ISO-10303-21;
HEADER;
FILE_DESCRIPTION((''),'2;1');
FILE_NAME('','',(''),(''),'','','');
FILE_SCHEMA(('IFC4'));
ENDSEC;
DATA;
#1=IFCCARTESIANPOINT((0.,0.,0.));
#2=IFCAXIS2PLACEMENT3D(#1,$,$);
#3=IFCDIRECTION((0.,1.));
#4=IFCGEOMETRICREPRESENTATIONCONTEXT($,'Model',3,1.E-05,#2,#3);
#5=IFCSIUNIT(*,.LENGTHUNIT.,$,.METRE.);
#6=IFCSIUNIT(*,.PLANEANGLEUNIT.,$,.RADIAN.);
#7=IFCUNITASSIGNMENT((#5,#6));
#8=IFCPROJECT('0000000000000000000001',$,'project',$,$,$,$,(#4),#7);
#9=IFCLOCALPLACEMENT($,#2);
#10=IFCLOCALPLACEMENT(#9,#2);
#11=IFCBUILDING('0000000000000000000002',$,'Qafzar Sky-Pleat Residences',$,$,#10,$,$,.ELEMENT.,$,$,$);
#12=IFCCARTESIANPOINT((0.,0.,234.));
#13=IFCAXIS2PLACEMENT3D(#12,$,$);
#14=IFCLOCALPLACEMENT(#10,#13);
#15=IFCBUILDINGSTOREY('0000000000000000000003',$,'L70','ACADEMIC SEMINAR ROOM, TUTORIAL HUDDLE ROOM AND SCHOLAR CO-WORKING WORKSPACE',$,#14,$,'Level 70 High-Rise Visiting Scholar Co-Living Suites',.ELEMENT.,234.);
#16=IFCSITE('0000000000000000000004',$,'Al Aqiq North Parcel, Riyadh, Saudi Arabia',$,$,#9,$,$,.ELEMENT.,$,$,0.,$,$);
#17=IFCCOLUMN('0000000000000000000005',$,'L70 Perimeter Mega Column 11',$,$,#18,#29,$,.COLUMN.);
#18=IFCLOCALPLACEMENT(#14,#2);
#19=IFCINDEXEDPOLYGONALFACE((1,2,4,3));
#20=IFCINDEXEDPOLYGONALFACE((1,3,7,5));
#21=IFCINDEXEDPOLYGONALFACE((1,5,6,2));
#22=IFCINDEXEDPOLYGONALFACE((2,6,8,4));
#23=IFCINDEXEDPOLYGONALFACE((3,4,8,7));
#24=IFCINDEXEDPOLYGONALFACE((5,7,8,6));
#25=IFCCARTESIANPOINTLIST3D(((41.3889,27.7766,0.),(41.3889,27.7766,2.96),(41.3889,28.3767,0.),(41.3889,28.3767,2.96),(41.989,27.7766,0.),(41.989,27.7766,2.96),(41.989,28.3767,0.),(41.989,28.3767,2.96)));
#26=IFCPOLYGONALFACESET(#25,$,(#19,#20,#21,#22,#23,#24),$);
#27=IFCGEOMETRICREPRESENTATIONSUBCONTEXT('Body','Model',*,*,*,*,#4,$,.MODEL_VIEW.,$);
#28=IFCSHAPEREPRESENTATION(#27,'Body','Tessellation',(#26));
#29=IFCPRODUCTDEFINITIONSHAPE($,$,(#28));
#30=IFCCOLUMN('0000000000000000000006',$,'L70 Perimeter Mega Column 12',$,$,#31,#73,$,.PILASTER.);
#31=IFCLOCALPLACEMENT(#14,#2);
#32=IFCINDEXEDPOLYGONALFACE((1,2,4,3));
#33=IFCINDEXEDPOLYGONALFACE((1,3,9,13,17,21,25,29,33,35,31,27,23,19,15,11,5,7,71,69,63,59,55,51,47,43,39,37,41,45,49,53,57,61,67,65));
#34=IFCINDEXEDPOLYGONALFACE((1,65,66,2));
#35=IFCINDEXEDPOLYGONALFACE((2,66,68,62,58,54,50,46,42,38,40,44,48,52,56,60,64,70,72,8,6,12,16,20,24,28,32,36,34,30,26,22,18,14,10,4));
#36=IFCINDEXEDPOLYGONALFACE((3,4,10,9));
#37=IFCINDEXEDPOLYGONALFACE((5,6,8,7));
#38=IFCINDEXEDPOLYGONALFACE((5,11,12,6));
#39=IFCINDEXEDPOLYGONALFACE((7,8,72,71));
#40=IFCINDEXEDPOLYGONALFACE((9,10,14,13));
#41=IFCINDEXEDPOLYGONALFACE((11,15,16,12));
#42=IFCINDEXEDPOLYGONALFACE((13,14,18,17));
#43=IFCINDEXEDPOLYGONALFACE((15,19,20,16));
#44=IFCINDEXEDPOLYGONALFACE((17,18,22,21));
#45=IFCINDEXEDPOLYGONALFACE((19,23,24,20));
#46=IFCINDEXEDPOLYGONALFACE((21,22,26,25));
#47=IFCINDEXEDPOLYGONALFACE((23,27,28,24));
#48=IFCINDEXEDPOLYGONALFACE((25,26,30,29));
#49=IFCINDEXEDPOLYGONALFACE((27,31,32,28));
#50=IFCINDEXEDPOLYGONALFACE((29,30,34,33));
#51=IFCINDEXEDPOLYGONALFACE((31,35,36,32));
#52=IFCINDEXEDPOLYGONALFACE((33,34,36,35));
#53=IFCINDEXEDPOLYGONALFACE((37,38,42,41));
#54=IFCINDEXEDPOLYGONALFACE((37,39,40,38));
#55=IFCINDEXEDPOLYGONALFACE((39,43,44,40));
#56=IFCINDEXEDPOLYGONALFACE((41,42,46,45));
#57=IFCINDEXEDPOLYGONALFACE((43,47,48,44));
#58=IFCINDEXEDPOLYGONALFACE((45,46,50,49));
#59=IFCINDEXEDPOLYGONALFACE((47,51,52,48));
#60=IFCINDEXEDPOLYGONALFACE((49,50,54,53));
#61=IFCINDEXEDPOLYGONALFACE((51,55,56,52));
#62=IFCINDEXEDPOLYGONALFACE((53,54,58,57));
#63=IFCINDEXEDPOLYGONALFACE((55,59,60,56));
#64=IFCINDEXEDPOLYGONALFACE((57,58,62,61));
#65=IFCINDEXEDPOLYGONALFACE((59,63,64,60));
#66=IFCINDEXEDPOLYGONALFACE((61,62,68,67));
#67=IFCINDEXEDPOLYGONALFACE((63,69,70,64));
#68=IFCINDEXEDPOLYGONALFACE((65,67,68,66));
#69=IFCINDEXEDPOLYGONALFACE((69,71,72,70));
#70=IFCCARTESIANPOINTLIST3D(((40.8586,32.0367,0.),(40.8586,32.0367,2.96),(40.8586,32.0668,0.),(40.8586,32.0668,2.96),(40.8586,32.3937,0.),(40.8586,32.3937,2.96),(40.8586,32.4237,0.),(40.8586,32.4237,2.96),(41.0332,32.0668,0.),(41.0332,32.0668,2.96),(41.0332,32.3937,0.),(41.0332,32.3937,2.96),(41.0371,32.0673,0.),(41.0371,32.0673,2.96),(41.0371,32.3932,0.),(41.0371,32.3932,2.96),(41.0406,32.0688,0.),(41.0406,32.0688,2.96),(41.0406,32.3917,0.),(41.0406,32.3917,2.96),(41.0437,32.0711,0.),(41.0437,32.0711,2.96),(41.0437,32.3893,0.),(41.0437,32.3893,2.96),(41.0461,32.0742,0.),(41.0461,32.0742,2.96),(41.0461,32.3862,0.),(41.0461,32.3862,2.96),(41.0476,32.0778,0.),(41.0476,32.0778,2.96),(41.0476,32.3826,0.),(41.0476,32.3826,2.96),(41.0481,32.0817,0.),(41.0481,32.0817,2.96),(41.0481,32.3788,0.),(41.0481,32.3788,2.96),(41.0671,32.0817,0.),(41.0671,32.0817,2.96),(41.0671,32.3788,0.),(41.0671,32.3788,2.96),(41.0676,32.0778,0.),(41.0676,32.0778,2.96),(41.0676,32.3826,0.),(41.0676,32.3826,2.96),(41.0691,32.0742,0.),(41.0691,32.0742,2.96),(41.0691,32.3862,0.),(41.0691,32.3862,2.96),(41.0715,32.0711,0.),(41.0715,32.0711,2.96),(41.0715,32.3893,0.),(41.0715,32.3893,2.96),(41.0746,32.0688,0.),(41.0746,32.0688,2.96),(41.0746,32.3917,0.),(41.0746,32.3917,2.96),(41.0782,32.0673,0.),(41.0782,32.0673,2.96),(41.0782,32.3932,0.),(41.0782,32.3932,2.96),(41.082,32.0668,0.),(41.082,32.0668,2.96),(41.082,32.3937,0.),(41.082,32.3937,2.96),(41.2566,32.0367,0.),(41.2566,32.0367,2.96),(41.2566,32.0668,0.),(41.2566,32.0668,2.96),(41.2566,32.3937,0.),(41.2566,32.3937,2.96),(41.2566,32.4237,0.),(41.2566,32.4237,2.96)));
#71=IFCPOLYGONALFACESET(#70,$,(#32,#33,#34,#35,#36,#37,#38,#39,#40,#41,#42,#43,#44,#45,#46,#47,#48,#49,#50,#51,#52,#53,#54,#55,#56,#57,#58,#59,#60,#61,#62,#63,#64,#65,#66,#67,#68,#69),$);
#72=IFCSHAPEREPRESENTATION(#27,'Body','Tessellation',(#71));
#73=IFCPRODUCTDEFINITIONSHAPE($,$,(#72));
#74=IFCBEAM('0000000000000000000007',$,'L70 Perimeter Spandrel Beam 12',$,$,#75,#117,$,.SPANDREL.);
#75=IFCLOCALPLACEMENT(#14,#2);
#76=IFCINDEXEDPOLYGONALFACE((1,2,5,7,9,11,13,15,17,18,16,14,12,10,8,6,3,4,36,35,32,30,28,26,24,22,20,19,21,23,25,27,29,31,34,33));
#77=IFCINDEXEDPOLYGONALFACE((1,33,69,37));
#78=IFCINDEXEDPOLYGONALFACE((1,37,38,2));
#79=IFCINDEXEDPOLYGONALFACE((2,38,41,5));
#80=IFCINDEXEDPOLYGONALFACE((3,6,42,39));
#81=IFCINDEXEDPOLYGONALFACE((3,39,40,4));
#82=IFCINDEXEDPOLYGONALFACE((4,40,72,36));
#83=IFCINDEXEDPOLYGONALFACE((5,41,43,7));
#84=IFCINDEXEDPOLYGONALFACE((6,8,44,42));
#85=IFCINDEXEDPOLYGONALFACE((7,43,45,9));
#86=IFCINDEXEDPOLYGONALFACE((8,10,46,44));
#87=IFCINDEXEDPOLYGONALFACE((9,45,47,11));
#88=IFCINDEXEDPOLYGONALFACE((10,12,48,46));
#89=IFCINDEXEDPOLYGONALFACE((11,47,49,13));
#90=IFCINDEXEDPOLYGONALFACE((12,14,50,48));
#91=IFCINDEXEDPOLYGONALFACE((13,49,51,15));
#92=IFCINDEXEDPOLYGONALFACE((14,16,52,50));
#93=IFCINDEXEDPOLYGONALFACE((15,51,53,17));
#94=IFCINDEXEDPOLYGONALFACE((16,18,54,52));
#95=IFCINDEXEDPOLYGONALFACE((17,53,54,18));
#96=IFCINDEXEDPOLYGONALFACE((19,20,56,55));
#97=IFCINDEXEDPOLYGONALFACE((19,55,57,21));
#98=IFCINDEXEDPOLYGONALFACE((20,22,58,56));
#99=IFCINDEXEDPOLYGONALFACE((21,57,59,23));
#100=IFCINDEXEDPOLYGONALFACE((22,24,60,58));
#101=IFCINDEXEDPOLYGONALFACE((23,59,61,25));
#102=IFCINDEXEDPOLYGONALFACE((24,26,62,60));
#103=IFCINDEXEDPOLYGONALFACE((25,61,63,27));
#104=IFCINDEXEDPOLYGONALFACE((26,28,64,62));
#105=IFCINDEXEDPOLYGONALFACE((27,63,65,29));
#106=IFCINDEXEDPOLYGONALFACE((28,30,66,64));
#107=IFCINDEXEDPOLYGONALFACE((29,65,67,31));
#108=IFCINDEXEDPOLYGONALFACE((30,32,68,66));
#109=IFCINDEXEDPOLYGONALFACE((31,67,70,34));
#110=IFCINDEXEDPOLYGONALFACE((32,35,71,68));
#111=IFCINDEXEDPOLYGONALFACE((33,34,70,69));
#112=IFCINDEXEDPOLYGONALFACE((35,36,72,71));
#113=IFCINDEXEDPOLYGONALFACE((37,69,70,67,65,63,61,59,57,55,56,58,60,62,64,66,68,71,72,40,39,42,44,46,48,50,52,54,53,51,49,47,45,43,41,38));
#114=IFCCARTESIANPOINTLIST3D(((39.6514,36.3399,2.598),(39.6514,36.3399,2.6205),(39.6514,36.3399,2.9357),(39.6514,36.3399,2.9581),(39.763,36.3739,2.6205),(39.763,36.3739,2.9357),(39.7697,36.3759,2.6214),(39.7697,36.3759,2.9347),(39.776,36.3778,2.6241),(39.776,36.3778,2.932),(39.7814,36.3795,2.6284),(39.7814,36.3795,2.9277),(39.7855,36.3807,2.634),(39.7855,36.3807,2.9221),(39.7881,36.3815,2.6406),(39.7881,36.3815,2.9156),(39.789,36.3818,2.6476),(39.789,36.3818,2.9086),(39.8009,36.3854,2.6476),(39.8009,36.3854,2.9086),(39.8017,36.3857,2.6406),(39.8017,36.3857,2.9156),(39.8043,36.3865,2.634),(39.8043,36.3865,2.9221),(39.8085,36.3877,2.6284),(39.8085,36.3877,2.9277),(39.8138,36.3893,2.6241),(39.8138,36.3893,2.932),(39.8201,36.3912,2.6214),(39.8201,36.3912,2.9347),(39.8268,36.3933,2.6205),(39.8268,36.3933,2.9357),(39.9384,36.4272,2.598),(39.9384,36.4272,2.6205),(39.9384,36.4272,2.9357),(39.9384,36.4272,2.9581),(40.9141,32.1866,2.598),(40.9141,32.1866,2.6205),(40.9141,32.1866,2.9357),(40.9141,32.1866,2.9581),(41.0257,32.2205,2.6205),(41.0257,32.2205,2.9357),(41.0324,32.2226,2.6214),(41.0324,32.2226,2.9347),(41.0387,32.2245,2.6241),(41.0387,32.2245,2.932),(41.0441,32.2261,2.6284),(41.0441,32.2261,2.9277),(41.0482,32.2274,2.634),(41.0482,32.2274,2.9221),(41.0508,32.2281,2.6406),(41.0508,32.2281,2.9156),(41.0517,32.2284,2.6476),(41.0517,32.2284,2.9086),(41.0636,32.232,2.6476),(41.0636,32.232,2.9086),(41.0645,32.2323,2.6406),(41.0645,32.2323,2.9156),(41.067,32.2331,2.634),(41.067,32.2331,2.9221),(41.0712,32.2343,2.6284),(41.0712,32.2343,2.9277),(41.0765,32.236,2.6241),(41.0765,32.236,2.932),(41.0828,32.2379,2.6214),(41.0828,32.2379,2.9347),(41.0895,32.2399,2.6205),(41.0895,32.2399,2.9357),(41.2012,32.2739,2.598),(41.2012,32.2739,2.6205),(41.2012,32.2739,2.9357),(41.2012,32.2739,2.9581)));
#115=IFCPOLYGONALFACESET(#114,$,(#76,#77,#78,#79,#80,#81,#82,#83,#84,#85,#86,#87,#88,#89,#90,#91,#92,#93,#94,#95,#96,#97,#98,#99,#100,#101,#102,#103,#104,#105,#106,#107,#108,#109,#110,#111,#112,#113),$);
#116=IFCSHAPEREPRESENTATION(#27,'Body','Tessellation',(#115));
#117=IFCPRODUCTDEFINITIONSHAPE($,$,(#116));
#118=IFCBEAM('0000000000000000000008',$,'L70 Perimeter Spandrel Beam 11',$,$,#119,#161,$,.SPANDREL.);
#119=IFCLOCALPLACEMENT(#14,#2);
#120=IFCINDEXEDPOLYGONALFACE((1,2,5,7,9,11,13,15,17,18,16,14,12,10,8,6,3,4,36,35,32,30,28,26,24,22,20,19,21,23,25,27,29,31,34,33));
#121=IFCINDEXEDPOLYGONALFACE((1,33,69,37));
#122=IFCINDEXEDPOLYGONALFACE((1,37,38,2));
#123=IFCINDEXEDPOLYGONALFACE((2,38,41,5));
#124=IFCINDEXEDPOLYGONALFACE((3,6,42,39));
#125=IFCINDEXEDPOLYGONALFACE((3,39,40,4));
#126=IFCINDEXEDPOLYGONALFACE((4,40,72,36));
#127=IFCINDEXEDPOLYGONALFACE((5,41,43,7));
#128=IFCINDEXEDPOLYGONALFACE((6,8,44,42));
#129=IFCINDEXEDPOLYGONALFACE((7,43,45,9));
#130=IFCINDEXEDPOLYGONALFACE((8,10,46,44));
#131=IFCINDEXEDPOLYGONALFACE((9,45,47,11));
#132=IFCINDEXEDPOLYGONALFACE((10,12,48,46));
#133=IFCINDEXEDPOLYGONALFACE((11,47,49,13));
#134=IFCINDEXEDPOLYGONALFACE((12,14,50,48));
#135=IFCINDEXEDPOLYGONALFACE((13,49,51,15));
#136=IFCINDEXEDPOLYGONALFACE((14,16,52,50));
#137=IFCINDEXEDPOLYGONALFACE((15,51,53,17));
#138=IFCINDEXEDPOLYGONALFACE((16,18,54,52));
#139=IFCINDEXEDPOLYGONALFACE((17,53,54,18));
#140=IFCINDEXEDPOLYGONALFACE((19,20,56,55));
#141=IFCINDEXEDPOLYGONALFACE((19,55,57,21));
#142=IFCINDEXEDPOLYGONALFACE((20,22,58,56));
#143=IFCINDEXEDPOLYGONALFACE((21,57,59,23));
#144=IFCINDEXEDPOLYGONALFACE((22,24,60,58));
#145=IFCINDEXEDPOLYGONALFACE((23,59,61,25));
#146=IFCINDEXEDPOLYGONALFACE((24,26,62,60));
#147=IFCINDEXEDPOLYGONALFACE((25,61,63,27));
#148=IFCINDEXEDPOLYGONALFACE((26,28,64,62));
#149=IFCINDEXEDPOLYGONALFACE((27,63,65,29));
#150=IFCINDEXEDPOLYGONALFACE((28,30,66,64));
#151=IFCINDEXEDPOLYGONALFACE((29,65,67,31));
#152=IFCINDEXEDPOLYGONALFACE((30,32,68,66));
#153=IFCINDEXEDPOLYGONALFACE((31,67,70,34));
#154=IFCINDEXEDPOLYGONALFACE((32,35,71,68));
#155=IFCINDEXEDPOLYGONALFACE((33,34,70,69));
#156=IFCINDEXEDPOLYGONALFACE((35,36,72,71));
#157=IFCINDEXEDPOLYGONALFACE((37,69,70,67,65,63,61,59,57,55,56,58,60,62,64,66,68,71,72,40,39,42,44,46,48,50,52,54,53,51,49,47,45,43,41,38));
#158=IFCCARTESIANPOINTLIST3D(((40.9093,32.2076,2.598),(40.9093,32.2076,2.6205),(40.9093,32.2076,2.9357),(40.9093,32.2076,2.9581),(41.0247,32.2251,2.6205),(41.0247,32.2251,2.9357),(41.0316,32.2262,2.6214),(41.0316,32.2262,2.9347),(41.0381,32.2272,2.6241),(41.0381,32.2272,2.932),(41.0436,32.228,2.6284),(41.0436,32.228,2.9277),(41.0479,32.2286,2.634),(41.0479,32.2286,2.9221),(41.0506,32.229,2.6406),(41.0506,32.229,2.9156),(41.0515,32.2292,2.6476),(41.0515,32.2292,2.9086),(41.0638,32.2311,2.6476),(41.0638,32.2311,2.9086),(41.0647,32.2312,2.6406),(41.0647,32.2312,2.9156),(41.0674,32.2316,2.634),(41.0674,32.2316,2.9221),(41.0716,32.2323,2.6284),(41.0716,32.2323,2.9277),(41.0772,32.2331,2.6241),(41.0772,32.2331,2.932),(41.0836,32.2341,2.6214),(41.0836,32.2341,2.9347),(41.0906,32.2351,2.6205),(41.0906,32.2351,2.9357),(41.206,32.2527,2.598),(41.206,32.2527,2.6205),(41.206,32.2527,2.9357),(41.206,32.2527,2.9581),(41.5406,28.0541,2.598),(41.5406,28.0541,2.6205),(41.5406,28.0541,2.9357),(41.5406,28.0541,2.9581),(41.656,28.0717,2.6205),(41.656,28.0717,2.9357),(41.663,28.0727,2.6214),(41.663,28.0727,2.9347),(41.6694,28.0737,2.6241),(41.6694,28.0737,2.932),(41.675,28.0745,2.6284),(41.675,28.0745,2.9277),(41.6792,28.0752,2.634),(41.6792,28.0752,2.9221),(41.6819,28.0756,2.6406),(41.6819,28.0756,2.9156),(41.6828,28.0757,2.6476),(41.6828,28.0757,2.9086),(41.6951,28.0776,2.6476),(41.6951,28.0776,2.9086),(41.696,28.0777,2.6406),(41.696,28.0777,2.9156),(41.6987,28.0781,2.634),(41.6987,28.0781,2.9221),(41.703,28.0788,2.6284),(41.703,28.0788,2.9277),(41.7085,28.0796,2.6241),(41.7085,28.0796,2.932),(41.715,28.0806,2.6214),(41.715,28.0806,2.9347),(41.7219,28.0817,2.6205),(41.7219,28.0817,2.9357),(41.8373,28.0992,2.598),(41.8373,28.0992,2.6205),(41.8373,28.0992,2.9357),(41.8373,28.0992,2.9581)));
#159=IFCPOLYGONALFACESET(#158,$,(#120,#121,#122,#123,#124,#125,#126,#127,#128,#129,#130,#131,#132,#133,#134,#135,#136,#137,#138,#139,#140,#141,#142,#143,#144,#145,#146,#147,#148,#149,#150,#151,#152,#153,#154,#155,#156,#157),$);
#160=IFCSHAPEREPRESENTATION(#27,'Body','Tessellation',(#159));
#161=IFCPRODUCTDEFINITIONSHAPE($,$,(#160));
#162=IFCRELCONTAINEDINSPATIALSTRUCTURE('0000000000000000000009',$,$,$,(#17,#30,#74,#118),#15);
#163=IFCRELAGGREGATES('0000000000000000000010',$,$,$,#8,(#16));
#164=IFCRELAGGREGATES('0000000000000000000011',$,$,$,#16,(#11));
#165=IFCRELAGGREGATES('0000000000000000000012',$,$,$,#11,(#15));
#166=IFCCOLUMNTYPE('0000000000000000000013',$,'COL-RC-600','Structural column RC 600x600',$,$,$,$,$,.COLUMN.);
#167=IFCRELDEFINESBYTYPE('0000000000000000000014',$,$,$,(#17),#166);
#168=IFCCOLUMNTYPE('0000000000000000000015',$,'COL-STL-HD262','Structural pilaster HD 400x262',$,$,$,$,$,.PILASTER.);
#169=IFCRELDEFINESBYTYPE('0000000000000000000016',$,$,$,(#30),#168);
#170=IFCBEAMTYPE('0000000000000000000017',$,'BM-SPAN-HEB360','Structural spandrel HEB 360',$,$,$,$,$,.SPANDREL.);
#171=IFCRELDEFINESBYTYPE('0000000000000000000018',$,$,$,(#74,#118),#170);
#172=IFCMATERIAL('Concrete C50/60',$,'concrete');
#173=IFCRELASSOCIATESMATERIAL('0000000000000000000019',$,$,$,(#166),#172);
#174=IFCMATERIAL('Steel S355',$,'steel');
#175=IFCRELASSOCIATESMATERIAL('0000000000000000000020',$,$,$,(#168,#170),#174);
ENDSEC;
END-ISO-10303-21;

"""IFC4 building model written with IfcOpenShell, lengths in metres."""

from ifc_helpers import new_model, si_unit, direction, frame, origin, origin_2d, place, context, subcontext, project, spatial, rectangle, i_section, extrude, source, transform, mapped, material, material_profile, profile_set, type_object, element, save


model = new_model("IFC4")

# Units and contexts
model_context = context("Model", 3, precision=1e-05, world=origin(), true_north=direction((0.0, 1.0)))
body_context = subcontext(model_context, "Body", "Model", "MODEL_VIEW")
ifc_project = project(units=[si_unit("LENGTHUNIT", "METRE"), si_unit("PLANEANGLEUNIT", "RADIAN")], contexts=[model_context])

# Site, building, storey
site_placement = place(None, origin())
site = spatial("IfcSite", under=ifc_project, at=site_placement, Name="Al Aqiq North Parcel, Riyadh, Saudi Arabia", CompositionType="ELEMENT", RefElevation=0.0)
building_placement = place(site_placement, origin())
building = spatial("IfcBuilding", under=site, at=building_placement, Name="Qafzar Sky-Pleat Residences", CompositionType="ELEMENT")
storey_placement = place(building_placement, frame((0.0, 0.0, 234.0)))
storey = spatial("IfcBuildingStorey", under=building, at=storey_placement, Name="L70", Description="ACADEMIC SEMINAR ROOM, TUTORIAL HUDDLE ROOM AND SCHOLAR CO-WORKING WORKSPACE", LongName="Level 70 High-Rise Visiting Scholar Co-Living Suites", CompositionType="ELEMENT", Elevation=234.0)

# Columns
ifc_material_1 = material(Name="Concrete C50/60", Category="concrete")
ifc_material_profile_1 = material_profile(ifc_material_1, rectangle(XDim=0.6001, YDim=0.6001, at=origin_2d()), Name="RC 600x600")
ifc_profile_set_1 = profile_set([ifc_material_profile_1], Name="Concrete C50/60")
column_type_1 = type_object("IfcColumnType", Name="COL-RC-600", Description="Structural column RC 600x600", PredefinedType="COLUMN", material=ifc_profile_set_1)
shared_shape_1 = source(origin(), body_context, "Body", "SweptSolid", [
    extrude(rectangle(XDim=0.6001, YDim=0.6001, at=origin_2d()), origin(), (0.0, 0.0, 1.0), 2.96),
])
column_1_placement = place(storey_placement, frame((41.689, 28.0767, 0.0), z_axis=(0.0, 0.0, 1.0), x_axis=(1.0, 0.0, 0.0)))
element("IfcColumn", 1, at=column_1_placement, inside=storey, type_object=column_type_1, Name="L70 Perimeter Mega Column 11", PredefinedType="COLUMN", context=body_context, shape_type="MappedRepresentation", body=[
    mapped(shared_shape_1, transform((0.0, 0.0, 0.0), x_axis=(1.0, 0.0, 0.0), y_axis=(0.0, 1.0, 0.0), z_axis=(0.0, 0.0, 1.0), scale=1.0)),
])
ifc_material_2 = material(Name="Steel S355", Category="steel")
ifc_material_profile_2 = material_profile(ifc_material_2, i_section(OverallWidth=0.3979, OverallDepth=0.387, WebThickness=0.019, FlangeThickness=0.03, FilletRadius=0.0149, at=origin_2d()), Name="HD 400x262")
ifc_profile_set_2 = profile_set([ifc_material_profile_2], Name="Steel S355")
column_type_2 = type_object("IfcColumnType", Name="COL-STL-HD262", Description="Structural pilaster HD 400x262", PredefinedType="PILASTER", material=ifc_profile_set_2)
shared_shape_2 = source(origin(), body_context, "Body", "SweptSolid", [
    extrude(i_section(OverallWidth=0.3979, OverallDepth=0.387, WebThickness=0.019, FlangeThickness=0.03, FilletRadius=0.0149, at=origin_2d()), origin(), (0.0, 0.0, 1.0), 2.96),
])
column_2_placement = place(storey_placement, frame((41.0576, 32.2302, 0.0), z_axis=(0.0, 0.0, 1.0), x_axis=(1.0, 0.0, 0.0)))
element("IfcColumn", 2, at=column_2_placement, inside=storey, type_object=column_type_2, Name="L70 Perimeter Mega Column 12", PredefinedType="PILASTER", context=body_context, shape_type="MappedRepresentation", body=[
    mapped(shared_shape_2, transform((0.0, 0.0, 0.0), x_axis=(1.0, 0.0, 0.0), y_axis=(0.0, 1.0, 0.0), z_axis=(0.0, 0.0, 1.0), scale=1.0)),
])

# Beams
ifc_material_profile_3 = material_profile(ifc_material_2, i_section(OverallWidth=0.3, OverallDepth=0.3601, WebThickness=0.0125, FlangeThickness=0.0225, FilletRadius=0.0271, at=origin_2d()), Name="HEB 360")
ifc_profile_set_3 = profile_set([ifc_material_profile_3], Name="Steel S355")
beam_type_1 = type_object("IfcBeamType", Name="BM-SPAN-HEB360", Description="Structural spandrel HEB 360", PredefinedType="SPANDREL", material=ifc_profile_set_3)
shared_shape_3 = source(origin(), body_context, "Body", "SweptSolid", [
    extrude(i_section(OverallWidth=0.3, OverallDepth=0.3601, WebThickness=0.0125, FlangeThickness=0.0225, FilletRadius=0.0271, at=origin_2d()), origin(), (0.0, 0.0, 1.0), 4.3411),
])
beam_1_placement = place(storey_placement, frame((41.0576, 32.2302, 2.7781), z_axis=(-0.290875, 0.956761, 0.0), x_axis=(-0.956761, -0.290875, 0.0)))
element("IfcBeam", 3, at=beam_1_placement, inside=storey, type_object=beam_type_1, Name="L70 Perimeter Spandrel Beam 12", PredefinedType="SPANDREL", context=body_context, shape_type="MappedRepresentation", body=[
    mapped(shared_shape_3, transform((0.0, 0.0, 0.0), x_axis=(1.0, 0.0, 0.0), y_axis=(0.0, 1.0, 0.0), z_axis=(0.0, 0.0, 1.0), scale=1.0)),
])
shared_shape_4 = source(origin(), body_context, "Body", "SweptSolid", [
    extrude(i_section(OverallWidth=0.3, OverallDepth=0.3601, WebThickness=0.0125, FlangeThickness=0.0225, FilletRadius=0.0271, at=origin_2d()), origin(), (0.0, 0.0, 1.0), 4.2012),
])
beam_2_placement = place(storey_placement, frame((41.689, 28.0767, 2.7781), z_axis=(-0.150275, 0.988644, 0.0), x_axis=(-0.988644, -0.150275, 0.0)))
element("IfcBeam", 4, at=beam_2_placement, inside=storey, type_object=beam_type_1, Name="L70 Perimeter Spandrel Beam 11", PredefinedType="SPANDREL", context=body_context, shape_type="MappedRepresentation", body=[
    mapped(shared_shape_4, transform((0.0, 0.0, 0.0), x_axis=(1.0, 0.0, 0.0), y_axis=(0.0, 1.0, 0.0), z_axis=(0.0, 0.0, 1.0), scale=1.0)),
])

save(model, "model.ifc")
